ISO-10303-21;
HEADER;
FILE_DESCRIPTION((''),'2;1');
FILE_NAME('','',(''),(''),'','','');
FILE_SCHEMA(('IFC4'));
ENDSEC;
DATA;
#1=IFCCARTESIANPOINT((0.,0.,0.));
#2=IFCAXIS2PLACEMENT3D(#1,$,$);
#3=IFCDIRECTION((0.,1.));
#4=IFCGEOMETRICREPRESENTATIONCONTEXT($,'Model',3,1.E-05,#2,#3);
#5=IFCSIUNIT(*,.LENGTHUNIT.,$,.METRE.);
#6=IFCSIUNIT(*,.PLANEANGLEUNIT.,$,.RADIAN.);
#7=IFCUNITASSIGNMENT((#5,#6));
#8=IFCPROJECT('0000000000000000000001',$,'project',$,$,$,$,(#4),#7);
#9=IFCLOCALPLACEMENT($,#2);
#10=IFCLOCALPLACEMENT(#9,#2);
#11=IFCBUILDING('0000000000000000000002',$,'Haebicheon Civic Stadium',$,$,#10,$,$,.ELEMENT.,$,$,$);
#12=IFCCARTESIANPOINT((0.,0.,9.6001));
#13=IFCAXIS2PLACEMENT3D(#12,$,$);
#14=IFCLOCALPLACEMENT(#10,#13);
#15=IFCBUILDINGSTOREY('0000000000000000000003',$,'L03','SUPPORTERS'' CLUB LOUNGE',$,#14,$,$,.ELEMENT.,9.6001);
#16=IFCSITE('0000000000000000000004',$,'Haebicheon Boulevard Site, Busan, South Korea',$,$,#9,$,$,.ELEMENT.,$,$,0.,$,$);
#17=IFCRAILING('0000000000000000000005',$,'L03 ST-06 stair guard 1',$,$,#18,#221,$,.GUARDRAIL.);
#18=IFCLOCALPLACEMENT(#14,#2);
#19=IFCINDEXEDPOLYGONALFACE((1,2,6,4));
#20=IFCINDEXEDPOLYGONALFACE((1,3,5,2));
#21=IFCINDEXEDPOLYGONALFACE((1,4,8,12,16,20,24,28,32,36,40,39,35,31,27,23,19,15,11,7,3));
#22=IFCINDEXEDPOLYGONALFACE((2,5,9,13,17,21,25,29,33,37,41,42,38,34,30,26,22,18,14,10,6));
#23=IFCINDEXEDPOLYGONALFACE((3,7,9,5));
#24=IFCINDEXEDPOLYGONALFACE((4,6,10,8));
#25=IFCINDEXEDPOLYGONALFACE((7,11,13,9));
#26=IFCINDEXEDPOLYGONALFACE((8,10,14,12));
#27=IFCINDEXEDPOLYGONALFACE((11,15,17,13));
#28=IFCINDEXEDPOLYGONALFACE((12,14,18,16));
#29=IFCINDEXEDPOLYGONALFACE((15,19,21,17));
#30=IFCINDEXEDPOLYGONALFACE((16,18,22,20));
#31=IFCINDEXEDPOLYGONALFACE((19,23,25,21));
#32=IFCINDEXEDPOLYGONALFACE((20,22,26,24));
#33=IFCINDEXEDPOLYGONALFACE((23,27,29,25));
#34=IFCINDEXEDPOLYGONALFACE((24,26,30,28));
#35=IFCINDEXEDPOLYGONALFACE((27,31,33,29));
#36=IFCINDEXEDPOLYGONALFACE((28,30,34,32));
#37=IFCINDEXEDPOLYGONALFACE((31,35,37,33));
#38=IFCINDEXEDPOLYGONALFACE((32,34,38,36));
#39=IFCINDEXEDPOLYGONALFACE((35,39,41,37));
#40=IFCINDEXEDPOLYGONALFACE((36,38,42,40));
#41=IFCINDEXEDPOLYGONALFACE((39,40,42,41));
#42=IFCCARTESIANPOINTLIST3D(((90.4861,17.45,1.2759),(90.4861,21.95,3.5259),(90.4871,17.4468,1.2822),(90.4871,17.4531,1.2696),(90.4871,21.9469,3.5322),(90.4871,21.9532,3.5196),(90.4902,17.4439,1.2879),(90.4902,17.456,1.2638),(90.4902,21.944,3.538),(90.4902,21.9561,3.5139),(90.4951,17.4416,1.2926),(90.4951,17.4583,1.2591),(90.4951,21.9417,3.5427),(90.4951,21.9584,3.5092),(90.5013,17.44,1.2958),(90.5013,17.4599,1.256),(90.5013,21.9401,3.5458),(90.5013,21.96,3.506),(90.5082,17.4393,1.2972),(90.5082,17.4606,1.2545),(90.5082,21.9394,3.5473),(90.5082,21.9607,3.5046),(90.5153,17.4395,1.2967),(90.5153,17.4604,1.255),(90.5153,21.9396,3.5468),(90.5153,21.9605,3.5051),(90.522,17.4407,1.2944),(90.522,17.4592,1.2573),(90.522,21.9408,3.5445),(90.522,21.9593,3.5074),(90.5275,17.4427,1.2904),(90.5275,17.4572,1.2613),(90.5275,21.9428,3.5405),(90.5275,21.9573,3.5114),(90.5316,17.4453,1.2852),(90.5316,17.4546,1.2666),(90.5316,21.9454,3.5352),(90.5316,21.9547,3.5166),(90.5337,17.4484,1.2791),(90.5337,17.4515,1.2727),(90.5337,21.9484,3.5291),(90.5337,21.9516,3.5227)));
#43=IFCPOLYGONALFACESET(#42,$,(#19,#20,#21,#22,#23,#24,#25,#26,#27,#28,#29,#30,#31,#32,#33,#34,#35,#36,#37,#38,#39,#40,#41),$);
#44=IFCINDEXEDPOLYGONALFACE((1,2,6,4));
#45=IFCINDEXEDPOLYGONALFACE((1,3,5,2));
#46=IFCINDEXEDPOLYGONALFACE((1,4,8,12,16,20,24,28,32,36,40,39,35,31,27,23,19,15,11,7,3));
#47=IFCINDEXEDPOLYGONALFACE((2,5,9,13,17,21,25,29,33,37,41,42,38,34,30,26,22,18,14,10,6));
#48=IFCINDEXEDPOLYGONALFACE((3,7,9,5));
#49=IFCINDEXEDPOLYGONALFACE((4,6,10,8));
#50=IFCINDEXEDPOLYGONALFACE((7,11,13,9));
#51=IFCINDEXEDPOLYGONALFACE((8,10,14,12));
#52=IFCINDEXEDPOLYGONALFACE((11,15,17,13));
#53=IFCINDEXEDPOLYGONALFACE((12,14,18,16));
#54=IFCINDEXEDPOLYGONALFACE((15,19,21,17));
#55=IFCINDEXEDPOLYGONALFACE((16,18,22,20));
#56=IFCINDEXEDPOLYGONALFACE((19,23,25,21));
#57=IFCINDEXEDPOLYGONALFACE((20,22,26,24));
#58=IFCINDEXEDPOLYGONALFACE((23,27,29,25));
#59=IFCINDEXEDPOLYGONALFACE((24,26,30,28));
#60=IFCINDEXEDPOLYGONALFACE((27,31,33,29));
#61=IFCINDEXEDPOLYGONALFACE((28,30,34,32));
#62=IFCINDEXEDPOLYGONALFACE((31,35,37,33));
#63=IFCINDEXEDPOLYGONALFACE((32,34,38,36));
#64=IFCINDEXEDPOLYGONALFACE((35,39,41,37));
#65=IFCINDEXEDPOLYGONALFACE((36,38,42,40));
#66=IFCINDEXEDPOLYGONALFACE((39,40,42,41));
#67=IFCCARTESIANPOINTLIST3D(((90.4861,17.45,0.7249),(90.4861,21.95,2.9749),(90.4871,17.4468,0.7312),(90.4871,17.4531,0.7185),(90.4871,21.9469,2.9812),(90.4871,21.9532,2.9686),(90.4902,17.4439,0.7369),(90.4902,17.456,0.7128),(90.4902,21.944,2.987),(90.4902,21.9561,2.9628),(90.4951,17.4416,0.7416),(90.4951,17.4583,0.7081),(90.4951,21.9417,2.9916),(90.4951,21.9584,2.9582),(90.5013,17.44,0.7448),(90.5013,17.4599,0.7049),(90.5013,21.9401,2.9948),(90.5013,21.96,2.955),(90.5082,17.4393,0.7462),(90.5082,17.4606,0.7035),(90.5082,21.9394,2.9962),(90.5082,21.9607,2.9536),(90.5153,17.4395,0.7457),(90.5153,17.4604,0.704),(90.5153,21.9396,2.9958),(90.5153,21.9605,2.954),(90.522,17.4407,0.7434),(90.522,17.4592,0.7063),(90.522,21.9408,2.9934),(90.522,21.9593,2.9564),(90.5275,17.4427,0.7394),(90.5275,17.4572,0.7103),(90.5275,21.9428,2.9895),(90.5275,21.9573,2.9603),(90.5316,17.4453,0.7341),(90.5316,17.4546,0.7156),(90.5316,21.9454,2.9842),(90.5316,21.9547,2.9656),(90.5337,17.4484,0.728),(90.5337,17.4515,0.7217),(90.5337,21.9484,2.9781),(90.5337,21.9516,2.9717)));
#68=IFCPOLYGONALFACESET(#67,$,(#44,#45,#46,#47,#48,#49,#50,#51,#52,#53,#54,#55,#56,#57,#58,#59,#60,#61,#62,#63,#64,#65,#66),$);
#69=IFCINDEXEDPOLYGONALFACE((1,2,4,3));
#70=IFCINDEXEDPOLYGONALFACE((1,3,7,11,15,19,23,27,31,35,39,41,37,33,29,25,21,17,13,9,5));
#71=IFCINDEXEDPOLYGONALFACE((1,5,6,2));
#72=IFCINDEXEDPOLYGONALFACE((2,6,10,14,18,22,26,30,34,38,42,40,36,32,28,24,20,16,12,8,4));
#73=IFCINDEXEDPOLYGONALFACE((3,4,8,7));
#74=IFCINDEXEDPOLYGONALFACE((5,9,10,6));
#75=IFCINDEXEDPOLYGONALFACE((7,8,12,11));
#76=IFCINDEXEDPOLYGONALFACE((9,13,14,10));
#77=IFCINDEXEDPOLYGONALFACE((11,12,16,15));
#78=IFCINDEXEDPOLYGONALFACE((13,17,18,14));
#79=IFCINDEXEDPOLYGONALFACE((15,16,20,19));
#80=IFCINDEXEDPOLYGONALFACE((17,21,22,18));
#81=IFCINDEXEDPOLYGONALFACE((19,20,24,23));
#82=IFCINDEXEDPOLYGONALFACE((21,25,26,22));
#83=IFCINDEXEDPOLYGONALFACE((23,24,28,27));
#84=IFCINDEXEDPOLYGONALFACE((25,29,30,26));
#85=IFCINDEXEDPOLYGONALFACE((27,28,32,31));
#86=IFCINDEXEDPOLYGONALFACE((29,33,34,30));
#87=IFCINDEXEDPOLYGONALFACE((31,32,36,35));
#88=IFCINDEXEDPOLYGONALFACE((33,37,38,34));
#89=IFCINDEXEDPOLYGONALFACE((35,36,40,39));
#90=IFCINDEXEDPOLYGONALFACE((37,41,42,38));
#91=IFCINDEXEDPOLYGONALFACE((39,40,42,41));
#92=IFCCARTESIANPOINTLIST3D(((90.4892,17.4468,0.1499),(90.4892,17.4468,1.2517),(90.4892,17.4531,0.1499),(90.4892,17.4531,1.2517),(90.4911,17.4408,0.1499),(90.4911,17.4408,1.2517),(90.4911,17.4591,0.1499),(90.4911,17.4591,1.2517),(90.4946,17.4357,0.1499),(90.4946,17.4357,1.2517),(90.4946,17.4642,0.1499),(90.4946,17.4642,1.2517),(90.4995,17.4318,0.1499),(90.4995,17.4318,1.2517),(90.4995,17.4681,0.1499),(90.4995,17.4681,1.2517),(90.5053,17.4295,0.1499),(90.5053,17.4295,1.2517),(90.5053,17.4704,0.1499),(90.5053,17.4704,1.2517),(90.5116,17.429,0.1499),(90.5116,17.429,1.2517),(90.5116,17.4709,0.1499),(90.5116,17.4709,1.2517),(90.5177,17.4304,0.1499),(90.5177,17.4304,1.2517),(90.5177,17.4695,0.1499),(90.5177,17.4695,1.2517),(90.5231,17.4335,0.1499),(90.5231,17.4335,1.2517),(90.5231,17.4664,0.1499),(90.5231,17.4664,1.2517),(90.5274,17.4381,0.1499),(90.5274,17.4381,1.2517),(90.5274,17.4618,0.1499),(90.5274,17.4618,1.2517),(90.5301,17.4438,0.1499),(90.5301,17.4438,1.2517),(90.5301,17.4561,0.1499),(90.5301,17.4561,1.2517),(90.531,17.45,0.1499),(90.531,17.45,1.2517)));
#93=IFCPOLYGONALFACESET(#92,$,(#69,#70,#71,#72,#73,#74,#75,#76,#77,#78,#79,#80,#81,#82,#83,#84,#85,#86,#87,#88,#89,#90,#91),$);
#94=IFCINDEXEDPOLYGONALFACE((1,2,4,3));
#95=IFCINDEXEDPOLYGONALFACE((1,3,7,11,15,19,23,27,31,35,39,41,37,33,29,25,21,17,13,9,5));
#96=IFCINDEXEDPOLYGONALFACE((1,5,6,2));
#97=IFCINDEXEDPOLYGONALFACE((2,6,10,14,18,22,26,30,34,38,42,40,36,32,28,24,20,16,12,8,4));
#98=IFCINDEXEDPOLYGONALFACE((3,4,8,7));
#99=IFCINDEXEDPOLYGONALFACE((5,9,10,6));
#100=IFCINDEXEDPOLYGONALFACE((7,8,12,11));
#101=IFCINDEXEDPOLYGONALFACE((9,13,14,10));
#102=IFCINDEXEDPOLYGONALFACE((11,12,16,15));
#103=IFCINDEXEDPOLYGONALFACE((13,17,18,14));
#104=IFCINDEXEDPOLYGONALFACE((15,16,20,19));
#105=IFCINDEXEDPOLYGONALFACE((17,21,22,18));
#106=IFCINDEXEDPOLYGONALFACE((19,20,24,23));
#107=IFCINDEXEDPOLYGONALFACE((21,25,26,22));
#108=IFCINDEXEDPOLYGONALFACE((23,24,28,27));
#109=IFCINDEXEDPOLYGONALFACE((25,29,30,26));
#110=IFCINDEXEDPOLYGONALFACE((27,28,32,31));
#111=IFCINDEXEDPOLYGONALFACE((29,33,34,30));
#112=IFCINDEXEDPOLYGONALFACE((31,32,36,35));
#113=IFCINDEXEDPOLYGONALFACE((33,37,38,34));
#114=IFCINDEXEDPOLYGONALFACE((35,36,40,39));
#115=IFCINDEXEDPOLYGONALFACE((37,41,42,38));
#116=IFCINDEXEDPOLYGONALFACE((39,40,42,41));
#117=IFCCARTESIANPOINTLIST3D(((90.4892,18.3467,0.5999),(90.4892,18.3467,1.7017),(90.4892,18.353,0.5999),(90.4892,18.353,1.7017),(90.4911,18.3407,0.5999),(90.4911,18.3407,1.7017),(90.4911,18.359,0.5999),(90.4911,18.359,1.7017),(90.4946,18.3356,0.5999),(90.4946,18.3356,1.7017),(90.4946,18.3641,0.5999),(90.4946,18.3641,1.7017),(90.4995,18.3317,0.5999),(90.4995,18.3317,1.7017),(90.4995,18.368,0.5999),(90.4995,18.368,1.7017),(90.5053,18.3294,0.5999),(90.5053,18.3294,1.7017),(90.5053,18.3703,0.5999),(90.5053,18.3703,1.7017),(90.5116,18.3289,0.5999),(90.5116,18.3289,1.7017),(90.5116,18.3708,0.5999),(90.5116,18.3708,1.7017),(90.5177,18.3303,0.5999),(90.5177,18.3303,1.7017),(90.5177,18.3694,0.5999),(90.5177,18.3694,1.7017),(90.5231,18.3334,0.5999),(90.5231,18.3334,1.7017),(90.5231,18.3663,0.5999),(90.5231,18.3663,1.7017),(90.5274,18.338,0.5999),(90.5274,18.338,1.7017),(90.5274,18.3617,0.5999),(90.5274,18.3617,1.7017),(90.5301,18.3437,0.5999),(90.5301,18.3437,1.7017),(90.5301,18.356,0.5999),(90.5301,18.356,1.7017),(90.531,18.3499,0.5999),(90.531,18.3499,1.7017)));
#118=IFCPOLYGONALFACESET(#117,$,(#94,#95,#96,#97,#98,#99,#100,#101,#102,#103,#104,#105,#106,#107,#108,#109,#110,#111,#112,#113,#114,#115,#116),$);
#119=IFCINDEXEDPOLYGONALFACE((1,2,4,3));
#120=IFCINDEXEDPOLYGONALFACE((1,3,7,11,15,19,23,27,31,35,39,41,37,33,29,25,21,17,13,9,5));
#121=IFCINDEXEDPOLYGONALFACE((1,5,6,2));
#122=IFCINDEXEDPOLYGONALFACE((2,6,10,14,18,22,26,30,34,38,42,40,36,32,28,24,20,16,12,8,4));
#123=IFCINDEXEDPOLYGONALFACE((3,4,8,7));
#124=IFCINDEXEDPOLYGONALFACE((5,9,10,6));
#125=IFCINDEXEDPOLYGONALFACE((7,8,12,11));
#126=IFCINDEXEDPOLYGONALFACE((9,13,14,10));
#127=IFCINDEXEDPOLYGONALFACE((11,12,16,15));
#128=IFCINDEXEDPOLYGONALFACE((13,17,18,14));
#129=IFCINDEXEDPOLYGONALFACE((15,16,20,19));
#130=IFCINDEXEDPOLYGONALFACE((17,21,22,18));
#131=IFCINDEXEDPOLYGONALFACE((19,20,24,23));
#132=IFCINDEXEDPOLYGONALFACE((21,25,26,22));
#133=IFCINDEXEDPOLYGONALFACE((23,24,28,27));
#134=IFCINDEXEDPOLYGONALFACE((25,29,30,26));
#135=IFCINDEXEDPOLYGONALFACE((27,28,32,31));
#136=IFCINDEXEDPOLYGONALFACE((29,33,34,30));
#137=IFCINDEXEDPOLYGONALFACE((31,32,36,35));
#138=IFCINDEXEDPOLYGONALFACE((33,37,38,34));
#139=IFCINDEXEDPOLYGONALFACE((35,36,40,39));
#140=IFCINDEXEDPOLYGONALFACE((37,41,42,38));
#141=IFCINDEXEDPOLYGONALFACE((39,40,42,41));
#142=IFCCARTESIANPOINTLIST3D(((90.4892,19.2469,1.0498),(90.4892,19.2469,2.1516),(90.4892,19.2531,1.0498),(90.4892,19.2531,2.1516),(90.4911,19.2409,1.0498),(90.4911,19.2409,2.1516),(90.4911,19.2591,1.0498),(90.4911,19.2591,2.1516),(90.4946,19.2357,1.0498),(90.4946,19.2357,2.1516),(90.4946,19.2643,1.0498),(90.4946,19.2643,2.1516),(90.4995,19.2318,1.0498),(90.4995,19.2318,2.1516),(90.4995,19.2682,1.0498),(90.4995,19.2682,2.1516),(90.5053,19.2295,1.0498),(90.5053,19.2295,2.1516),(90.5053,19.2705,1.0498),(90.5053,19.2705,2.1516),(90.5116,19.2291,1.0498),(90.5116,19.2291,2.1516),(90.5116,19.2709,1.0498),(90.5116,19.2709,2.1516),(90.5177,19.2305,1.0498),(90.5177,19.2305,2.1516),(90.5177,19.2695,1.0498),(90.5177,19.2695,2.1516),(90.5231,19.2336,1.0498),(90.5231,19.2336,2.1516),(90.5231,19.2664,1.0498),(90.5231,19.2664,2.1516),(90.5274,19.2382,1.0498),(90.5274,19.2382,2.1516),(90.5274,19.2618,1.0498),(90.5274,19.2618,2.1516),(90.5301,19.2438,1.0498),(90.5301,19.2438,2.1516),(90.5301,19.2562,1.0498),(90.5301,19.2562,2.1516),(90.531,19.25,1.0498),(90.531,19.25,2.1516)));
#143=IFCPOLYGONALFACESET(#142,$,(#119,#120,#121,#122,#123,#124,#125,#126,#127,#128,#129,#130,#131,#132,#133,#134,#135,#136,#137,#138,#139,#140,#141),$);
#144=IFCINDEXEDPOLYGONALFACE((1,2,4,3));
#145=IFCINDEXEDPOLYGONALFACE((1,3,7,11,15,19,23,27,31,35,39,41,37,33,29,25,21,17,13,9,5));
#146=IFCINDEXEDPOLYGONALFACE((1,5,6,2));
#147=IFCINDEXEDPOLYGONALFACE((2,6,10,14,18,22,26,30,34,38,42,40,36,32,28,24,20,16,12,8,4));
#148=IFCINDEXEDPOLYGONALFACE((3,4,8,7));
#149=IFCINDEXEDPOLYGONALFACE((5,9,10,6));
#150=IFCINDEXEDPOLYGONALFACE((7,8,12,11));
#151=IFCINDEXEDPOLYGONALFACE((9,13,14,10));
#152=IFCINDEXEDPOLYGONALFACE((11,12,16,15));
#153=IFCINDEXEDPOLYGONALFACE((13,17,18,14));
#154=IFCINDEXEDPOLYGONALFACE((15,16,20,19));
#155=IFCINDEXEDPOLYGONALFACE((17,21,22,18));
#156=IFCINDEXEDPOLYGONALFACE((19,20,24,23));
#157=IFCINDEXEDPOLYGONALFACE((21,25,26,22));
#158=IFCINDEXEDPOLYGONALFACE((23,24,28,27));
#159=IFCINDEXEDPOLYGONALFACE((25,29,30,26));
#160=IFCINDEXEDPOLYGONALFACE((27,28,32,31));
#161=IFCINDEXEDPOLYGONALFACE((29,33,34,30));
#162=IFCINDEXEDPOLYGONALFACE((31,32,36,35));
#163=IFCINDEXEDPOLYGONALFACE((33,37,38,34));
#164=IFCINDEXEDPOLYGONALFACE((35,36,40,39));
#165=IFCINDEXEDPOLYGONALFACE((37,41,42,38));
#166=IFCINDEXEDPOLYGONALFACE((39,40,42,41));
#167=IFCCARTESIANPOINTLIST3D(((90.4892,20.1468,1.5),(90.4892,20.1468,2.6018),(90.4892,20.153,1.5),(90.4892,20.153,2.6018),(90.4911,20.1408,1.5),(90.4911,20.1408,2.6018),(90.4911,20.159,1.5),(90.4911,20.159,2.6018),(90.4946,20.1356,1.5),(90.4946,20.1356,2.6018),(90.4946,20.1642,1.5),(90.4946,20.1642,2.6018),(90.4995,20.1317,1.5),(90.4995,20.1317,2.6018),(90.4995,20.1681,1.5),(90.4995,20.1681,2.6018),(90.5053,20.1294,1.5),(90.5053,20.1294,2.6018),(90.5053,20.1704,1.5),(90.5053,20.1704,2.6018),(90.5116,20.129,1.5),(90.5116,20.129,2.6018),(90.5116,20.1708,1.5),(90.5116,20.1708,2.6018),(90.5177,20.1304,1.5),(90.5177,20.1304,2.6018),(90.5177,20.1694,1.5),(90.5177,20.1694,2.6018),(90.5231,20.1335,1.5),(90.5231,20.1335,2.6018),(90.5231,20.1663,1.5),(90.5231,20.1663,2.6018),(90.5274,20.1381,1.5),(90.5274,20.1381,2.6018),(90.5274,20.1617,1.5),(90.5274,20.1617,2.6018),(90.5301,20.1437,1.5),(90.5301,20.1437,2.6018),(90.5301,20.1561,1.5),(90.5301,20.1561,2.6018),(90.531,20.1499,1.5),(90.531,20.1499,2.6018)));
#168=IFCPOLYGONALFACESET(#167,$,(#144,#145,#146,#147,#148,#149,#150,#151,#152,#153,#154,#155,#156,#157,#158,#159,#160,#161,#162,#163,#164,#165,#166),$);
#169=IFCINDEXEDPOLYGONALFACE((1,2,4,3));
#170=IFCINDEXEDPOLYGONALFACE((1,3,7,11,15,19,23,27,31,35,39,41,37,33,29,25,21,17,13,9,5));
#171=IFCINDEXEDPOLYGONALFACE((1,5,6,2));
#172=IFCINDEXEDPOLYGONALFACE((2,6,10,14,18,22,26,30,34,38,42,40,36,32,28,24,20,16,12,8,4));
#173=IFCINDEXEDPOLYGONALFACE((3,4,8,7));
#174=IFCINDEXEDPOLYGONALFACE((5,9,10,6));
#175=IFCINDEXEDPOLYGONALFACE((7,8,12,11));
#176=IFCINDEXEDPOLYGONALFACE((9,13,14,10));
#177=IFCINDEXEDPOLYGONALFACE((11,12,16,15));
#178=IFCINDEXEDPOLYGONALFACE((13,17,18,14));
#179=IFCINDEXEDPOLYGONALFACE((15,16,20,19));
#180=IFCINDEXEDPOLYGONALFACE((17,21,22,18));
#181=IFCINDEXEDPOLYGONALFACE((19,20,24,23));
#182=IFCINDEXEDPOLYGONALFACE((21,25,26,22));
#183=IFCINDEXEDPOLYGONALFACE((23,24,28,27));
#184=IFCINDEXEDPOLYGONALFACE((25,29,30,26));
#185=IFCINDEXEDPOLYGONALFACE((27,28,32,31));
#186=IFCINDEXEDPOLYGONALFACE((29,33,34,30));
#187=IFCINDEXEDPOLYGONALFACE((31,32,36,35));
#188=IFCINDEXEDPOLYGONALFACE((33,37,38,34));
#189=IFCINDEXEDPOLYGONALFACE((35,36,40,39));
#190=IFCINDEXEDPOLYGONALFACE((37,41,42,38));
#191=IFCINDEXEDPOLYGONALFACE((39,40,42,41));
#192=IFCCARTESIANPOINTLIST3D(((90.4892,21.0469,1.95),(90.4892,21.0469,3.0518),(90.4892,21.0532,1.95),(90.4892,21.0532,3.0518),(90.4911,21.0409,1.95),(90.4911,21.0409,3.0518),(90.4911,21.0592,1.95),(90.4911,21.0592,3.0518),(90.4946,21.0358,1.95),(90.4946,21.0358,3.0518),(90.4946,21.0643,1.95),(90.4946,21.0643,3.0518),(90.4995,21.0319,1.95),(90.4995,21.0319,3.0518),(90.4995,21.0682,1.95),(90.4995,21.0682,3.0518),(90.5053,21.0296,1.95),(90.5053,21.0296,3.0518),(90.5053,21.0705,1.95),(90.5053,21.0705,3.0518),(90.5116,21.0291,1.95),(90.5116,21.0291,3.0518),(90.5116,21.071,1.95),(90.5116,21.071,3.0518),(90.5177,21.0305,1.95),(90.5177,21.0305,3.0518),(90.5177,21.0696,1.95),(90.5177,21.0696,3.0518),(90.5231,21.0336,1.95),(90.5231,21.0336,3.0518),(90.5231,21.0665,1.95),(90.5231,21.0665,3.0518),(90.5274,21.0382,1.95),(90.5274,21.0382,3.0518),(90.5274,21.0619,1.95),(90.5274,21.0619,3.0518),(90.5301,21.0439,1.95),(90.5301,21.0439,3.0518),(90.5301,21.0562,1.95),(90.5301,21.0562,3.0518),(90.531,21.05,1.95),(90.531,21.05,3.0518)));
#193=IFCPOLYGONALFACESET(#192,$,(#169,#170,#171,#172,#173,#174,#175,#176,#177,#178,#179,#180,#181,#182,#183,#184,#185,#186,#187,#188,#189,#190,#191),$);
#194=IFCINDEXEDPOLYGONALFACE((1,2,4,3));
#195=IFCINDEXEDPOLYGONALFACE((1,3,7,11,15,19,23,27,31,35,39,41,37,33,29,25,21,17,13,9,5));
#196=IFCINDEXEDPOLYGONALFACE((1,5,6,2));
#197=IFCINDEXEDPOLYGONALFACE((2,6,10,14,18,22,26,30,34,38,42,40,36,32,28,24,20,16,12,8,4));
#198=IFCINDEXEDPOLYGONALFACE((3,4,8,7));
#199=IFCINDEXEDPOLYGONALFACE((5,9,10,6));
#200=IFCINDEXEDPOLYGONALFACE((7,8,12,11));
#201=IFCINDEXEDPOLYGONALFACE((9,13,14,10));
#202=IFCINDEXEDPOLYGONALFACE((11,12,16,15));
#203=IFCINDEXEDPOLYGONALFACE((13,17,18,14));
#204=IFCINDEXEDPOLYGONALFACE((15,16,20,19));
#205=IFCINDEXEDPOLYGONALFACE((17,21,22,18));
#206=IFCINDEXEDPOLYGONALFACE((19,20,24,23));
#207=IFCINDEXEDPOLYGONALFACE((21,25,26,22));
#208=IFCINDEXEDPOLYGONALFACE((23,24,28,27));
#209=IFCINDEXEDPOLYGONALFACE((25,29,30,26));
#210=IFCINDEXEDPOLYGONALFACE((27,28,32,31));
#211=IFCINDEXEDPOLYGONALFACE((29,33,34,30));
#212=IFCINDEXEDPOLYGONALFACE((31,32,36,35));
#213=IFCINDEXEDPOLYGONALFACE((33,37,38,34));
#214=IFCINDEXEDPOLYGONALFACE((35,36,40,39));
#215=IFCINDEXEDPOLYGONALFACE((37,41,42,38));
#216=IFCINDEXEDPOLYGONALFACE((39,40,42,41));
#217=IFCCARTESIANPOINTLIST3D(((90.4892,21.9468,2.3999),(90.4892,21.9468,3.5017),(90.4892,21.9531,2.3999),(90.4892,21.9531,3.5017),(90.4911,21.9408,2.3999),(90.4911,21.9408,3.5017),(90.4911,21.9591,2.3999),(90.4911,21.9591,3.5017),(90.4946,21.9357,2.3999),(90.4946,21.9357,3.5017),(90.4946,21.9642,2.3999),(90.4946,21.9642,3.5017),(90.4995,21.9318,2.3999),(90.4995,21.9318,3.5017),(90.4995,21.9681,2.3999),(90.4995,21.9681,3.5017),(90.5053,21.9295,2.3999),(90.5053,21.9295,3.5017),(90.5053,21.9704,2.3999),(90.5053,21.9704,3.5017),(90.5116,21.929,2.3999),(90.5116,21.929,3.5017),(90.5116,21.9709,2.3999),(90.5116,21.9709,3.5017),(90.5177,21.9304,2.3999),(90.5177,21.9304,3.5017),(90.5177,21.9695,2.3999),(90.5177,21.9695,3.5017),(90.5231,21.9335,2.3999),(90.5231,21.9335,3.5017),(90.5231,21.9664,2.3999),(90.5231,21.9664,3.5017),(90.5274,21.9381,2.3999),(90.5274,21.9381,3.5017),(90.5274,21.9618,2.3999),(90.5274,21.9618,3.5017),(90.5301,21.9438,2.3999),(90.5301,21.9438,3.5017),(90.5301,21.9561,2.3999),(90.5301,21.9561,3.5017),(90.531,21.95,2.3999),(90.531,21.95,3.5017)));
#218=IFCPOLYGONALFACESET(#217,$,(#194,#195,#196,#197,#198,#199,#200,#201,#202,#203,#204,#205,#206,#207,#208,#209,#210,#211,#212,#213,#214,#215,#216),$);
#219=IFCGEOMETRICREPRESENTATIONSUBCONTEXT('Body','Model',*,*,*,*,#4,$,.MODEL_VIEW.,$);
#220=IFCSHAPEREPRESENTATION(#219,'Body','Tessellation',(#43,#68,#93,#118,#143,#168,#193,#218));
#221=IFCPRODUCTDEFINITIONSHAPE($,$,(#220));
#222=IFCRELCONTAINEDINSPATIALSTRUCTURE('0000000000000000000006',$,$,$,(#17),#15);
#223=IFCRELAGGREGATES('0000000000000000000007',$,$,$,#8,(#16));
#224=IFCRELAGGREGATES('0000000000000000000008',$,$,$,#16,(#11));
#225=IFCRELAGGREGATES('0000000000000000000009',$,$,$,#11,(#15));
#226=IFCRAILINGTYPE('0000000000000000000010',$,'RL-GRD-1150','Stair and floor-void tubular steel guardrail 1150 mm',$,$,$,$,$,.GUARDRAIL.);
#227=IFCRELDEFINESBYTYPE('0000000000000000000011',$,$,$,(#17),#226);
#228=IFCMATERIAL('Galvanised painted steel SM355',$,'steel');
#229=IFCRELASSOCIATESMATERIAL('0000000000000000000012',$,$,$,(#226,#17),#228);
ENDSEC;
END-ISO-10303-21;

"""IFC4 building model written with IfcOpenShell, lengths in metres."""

from ifc_helpers import new_model, si_unit, direction, frame, origin, origin_2d, place, context, subcontext, project, spatial, circle, extrude, material, type_object, element, save


model = new_model("IFC4")

# Units and contexts
model_context = context("Model", 3, precision=1e-05, world=origin(), true_north=direction((0.0, 1.0)))
body_context = subcontext(model_context, "Body", "Model", "MODEL_VIEW")
ifc_project = project(units=[si_unit("LENGTHUNIT", "METRE"), si_unit("PLANEANGLEUNIT", "RADIAN")], contexts=[model_context])

# Site, building, storey
site_placement = place(None, origin())
site = spatial("IfcSite", under=ifc_project, at=site_placement, Name="Haebicheon Boulevard Site, Busan, South Korea", CompositionType="ELEMENT", RefElevation=0.0)
building_placement = place(site_placement, origin())
building = spatial("IfcBuilding", under=site, at=building_placement, Name="Haebicheon Civic Stadium", CompositionType="ELEMENT")
storey_placement = place(building_placement, frame((0.0, 0.0, 9.6001)))
storey = spatial("IfcBuildingStorey", under=building, at=storey_placement, Name="L03", Description="SUPPORTERS' CLUB LOUNGE", CompositionType="ELEMENT", Elevation=9.6001)

# Railing
ifc_material_1 = material(Name="Galvanised painted steel SM355", Category="steel")
railing_type_1 = type_object("IfcRailingType", Name="RL-GRD-1150", Description="Stair and floor-void tubular steel guardrail 1150 mm", PredefinedType="GUARDRAIL", material=ifc_material_1)
railing_1_placement = place(storey_placement, frame((90.51, 17.45, 0.1499)))
element("IfcRailing", 1, at=railing_1_placement, inside=storey, type_object=railing_type_1, material=ifc_material_1, Name="L03 ST-06 stair guard 1", PredefinedType="GUARDRAIL", context=body_context, shape_type="SweptSolid", body=[
    extrude(circle(Radius=0.0239, at=origin_2d()), frame((0.0, 0.0, 1.126), z_axis=(0.0, 0.894427, 0.447214), x_axis=(-1.0, 0.0, 0.0)), (0.0, 0.0, 1.0), 5.0312),
    extrude(circle(Radius=0.0239, at=origin_2d()), frame((0.0, 0.0, 0.575), z_axis=(0.0, 0.894427, 0.447214), x_axis=(-1.0, 0.0, 0.0)), (0.0, 0.0, 1.0), 5.0312),
    extrude(circle(Radius=0.021, at=origin_2d()), origin(), (0.0, 0.0, 1.0), 1.1018),
    extrude(circle(Radius=0.021, at=origin_2d()), frame((0.0, 0.8999, 0.45)), (0.0, 0.0, 1.0), 1.1018),
    extrude(circle(Radius=0.021, at=origin_2d()), frame((0.0, 1.8, 0.8999)), (0.0, 0.0, 1.0), 1.1018),
    extrude(circle(Radius=0.021, at=origin_2d()), frame((0.0, 2.7, 1.3501)), (0.0, 0.0, 1.0), 1.1018),
    extrude(circle(Radius=0.021, at=origin_2d()), frame((0.0, 3.6001, 1.8)), (0.0, 0.0, 1.0), 1.1018),
    extrude(circle(Radius=0.021, at=origin_2d()), frame((0.0, 4.5, 2.25)), (0.0, 0.0, 1.0), 1.1018),
])

save(model, "model.ifc")
